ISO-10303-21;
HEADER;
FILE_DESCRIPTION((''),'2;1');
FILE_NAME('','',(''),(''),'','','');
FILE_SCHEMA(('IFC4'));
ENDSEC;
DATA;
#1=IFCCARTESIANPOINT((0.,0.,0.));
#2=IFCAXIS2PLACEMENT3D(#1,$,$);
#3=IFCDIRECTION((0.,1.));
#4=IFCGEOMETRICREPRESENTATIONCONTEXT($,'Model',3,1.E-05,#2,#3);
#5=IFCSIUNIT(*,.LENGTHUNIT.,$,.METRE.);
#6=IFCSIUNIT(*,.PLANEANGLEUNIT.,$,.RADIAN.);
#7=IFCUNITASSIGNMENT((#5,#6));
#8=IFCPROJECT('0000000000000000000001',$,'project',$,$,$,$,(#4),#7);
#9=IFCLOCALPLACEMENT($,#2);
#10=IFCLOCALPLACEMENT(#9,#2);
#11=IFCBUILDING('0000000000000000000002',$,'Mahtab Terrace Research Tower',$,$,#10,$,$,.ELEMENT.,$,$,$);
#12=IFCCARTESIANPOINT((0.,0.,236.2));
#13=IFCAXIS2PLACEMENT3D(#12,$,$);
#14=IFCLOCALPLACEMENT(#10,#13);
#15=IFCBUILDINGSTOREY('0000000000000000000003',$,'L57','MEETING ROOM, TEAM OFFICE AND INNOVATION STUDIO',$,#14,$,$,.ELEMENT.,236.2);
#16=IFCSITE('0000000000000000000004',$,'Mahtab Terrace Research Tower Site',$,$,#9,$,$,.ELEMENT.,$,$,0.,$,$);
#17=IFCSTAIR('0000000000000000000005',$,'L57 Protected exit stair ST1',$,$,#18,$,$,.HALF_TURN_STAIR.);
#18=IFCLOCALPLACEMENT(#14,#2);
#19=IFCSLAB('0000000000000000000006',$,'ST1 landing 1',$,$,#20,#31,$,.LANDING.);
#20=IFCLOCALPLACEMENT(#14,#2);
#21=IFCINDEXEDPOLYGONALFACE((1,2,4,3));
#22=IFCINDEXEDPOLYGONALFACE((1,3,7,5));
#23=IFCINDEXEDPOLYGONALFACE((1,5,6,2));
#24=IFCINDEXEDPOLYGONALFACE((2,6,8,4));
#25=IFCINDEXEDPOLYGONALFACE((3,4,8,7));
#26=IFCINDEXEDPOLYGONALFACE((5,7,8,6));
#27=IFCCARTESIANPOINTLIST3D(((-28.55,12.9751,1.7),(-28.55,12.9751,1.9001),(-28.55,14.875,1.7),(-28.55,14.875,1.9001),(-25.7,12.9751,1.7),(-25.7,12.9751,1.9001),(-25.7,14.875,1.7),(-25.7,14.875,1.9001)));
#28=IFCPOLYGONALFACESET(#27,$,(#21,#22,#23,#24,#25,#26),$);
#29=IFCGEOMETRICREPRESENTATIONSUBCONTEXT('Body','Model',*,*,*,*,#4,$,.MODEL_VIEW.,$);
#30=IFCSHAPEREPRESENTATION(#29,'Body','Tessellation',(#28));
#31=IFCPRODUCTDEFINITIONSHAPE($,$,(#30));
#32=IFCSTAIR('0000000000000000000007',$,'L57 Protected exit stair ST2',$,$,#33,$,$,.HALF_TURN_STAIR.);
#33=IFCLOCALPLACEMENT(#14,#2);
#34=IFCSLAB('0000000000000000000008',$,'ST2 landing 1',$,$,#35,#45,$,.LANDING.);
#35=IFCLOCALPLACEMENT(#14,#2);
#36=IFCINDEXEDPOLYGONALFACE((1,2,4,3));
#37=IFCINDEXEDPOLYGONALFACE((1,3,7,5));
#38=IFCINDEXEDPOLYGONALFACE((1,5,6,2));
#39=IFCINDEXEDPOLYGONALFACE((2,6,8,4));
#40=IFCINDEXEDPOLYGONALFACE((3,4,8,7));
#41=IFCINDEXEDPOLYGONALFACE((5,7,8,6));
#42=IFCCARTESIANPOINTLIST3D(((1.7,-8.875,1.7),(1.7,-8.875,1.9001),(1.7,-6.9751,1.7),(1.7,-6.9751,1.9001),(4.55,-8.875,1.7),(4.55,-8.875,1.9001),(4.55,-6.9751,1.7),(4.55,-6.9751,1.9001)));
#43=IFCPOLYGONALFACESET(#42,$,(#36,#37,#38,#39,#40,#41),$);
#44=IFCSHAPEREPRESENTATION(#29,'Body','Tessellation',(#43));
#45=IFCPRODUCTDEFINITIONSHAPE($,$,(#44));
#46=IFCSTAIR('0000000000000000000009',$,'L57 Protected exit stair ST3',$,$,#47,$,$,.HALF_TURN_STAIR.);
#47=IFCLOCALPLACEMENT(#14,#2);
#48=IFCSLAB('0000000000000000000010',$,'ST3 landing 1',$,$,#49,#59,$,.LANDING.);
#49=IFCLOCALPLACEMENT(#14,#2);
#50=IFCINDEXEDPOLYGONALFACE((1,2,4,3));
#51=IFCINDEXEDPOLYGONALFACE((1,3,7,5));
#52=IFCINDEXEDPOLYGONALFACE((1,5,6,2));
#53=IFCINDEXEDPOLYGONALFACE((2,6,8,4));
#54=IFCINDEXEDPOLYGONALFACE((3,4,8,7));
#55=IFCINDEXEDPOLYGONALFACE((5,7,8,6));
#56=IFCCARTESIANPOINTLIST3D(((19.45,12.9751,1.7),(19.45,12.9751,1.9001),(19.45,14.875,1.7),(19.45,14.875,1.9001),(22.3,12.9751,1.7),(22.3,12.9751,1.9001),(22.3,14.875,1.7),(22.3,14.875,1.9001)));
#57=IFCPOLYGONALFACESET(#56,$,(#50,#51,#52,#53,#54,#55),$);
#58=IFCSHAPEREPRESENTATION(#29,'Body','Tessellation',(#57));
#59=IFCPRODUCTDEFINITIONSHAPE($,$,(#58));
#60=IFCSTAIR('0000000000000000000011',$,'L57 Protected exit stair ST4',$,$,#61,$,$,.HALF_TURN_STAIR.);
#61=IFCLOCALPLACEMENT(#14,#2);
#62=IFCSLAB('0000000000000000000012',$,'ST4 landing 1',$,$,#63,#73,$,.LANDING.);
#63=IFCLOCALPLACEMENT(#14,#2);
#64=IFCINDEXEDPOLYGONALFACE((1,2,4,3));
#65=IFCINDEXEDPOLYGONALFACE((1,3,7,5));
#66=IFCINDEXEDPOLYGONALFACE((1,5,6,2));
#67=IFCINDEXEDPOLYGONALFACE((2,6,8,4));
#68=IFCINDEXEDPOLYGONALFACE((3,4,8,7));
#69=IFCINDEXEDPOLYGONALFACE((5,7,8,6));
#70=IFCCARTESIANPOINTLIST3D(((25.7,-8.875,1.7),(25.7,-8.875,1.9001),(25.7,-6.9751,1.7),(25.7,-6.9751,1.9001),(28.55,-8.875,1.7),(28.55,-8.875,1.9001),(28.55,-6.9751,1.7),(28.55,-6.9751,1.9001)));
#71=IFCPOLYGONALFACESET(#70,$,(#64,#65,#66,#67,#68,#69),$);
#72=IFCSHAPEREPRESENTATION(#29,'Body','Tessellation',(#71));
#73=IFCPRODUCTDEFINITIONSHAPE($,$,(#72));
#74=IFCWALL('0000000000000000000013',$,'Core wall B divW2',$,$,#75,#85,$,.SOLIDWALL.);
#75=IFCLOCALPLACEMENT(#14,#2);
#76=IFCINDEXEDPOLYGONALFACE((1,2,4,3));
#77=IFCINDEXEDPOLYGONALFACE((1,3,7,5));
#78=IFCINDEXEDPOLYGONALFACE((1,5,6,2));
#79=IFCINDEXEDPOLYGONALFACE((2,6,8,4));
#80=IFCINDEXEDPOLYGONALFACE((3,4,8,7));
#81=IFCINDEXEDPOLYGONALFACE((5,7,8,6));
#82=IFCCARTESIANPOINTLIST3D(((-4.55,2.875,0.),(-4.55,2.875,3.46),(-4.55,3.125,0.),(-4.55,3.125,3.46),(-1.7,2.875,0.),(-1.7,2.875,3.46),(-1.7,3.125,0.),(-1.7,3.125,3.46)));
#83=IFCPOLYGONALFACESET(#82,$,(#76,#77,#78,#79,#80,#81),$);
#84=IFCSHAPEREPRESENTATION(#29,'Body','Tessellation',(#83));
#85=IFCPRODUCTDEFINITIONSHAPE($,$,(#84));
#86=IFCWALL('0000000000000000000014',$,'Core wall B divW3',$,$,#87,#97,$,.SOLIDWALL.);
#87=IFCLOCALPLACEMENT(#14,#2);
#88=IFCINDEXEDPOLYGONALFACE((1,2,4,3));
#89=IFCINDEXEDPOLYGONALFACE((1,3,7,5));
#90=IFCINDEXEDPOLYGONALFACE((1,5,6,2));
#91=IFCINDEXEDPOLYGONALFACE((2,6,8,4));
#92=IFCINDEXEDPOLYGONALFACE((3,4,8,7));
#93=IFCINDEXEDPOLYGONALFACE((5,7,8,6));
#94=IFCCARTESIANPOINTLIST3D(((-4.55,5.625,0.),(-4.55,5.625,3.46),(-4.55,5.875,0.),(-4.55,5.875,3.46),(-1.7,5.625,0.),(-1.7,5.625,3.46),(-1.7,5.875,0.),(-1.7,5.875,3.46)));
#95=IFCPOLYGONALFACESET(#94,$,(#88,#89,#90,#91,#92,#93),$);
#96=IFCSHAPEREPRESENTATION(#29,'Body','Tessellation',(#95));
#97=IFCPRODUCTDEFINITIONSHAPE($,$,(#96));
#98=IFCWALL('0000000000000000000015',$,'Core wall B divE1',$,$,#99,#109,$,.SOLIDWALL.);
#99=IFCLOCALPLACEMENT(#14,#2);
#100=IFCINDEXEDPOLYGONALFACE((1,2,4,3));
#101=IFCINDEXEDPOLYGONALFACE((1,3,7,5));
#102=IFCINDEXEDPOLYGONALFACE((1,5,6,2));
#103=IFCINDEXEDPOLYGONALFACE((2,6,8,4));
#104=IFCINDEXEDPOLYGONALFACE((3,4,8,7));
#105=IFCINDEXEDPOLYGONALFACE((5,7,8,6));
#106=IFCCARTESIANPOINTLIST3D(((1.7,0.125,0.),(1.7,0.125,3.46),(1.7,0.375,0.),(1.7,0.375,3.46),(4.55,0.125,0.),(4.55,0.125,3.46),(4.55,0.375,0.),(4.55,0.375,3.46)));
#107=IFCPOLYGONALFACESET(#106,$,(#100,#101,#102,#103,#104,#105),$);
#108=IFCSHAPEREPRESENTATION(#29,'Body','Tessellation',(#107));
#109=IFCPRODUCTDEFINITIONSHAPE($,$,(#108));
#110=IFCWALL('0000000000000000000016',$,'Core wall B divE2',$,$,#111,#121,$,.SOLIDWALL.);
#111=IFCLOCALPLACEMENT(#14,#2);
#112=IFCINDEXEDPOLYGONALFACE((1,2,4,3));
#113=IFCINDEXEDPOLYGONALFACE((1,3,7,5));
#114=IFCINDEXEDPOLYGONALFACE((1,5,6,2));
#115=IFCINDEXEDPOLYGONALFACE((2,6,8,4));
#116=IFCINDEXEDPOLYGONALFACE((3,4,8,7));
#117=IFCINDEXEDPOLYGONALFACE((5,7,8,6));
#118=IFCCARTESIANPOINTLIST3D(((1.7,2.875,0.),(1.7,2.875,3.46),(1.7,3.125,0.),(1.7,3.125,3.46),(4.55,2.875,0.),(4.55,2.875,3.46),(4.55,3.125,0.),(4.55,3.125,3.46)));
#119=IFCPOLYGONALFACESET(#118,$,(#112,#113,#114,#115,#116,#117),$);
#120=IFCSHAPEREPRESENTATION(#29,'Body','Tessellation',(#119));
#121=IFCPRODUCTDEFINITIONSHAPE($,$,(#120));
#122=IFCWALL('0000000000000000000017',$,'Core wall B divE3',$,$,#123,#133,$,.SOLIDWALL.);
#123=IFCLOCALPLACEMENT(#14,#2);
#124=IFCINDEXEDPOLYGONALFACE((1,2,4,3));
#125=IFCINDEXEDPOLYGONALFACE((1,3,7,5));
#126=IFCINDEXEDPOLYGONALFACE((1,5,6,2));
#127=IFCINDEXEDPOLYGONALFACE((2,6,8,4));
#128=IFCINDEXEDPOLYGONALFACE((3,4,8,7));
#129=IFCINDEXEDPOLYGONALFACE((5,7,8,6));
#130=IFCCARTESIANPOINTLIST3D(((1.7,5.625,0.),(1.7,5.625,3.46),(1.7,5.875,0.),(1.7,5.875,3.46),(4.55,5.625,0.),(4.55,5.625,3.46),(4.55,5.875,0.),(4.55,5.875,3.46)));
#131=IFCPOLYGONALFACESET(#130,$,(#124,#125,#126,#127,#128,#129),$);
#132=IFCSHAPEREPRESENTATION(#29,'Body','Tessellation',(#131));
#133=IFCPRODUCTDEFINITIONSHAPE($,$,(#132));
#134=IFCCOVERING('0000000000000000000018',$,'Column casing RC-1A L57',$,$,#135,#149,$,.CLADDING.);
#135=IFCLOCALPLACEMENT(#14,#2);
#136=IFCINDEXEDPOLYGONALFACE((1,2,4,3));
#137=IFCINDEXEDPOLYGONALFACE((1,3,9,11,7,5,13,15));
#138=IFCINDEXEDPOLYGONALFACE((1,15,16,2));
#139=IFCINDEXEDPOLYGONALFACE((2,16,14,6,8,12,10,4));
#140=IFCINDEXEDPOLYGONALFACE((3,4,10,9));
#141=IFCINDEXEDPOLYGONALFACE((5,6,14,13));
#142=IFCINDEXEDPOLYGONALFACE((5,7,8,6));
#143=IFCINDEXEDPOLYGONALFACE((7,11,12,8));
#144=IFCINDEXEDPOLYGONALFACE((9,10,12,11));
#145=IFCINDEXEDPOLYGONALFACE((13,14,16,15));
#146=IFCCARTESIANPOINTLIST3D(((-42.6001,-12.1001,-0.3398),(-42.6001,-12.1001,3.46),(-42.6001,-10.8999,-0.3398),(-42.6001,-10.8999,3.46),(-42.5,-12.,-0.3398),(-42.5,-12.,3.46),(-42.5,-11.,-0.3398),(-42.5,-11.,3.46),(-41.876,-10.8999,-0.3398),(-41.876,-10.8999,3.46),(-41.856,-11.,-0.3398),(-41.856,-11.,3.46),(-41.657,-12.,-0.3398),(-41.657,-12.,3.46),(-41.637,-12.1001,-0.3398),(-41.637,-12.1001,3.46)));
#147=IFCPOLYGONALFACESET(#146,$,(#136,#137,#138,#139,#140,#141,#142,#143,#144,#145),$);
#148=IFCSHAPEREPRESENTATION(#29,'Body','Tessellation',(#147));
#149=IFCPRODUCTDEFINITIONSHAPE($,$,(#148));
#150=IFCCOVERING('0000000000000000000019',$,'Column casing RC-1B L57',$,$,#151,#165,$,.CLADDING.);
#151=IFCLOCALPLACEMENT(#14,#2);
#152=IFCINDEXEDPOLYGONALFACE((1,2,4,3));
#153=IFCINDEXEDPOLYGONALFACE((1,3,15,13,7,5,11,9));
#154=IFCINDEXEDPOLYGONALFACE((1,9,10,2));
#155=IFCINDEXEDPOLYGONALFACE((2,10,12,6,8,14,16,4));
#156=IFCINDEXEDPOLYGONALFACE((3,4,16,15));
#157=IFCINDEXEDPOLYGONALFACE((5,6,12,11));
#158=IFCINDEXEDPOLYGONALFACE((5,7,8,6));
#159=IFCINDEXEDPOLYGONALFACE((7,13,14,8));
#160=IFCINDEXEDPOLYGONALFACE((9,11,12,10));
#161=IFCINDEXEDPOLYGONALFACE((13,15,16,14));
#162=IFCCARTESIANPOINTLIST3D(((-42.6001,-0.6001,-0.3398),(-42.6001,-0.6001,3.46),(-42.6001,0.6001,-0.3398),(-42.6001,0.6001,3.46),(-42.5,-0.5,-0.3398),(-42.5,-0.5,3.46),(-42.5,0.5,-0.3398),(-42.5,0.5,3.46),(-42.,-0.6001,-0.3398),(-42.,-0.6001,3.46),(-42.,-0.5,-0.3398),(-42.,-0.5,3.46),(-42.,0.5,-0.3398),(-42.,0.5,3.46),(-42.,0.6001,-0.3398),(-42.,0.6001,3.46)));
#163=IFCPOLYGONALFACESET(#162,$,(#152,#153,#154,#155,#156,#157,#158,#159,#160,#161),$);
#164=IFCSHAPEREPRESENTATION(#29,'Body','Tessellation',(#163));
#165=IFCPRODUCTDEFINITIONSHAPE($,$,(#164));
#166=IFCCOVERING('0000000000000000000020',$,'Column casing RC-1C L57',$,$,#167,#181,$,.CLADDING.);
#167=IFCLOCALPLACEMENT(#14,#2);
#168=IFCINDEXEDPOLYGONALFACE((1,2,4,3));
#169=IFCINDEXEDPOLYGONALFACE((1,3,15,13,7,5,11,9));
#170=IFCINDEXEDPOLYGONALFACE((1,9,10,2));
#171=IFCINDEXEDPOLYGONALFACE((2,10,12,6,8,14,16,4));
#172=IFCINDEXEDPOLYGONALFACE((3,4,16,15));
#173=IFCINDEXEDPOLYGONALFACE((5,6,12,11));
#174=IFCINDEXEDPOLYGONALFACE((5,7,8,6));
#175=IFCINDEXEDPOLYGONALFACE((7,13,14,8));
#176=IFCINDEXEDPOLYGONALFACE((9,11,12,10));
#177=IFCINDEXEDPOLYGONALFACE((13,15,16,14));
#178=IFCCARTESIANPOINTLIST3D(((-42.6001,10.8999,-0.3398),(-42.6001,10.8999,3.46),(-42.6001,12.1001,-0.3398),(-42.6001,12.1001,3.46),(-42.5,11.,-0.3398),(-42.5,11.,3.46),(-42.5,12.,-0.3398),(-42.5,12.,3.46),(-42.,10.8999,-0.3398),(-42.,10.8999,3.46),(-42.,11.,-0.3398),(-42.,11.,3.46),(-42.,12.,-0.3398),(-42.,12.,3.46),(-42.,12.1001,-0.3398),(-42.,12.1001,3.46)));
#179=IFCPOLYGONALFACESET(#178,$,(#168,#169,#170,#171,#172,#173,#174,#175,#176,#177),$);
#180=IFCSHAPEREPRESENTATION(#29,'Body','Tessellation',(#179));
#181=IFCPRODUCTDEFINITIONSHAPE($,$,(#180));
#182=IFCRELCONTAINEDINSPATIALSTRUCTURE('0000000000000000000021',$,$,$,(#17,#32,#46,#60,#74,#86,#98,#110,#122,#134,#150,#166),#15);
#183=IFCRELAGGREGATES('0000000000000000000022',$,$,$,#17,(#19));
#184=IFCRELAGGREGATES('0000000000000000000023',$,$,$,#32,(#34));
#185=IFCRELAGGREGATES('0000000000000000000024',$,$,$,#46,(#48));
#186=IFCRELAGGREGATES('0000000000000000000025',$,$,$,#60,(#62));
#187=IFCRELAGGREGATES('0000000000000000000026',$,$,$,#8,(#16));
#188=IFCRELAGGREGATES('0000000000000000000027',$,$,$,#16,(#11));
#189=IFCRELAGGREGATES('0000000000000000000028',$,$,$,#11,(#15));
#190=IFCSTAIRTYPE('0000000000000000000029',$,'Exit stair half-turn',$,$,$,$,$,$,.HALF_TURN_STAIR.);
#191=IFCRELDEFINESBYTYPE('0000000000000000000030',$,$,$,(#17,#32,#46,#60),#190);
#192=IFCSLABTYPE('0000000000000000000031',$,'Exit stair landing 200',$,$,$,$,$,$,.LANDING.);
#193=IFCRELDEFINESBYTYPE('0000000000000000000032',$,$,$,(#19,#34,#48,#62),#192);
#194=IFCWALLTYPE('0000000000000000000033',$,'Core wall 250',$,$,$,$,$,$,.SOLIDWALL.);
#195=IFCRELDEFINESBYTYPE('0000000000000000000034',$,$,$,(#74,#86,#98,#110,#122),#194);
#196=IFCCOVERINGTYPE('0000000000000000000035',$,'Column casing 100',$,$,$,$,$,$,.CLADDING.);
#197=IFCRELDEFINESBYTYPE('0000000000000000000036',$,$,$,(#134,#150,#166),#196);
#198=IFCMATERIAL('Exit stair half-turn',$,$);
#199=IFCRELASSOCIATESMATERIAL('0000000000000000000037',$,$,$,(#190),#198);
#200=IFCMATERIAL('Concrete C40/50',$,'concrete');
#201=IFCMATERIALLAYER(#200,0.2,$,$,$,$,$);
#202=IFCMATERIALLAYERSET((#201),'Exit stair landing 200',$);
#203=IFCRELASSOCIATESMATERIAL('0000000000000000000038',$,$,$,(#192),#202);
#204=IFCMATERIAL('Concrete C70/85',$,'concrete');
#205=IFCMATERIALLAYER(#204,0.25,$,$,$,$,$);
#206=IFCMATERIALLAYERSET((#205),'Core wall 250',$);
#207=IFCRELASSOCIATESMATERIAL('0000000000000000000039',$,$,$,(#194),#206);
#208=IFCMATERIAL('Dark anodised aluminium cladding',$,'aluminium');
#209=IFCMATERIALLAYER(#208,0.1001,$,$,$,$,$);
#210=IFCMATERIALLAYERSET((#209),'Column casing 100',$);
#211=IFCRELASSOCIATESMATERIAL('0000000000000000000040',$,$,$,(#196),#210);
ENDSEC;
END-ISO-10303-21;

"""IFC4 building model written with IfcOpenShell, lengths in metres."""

from ifc_helpers import new_model, si_unit, direction, frame, frame_2d, origin, place, context, subcontext, project, spatial, polyline, rectangle, outline, extrude, material, layer, layer_set, type_object, element, aggregate, save


model = new_model("IFC4")

# Units and contexts
model_context = context("Model", 3, precision=1e-05, world=origin(), true_north=direction((0.0, 1.0)))
body_context = subcontext(model_context, "Body", "Model", "MODEL_VIEW")
ifc_project = project(units=[si_unit("LENGTHUNIT", "METRE"), si_unit("PLANEANGLEUNIT", "RADIAN")], contexts=[model_context])

# Site, building, storey
site_placement = place(None, origin())
site = spatial("IfcSite", under=ifc_project, at=site_placement, Name="Mahtab Terrace Research Tower Site", CompositionType="ELEMENT", RefElevation=0.0)
building_placement = place(site_placement, origin())
building = spatial("IfcBuilding", under=site, at=building_placement, Name="Mahtab Terrace Research Tower", CompositionType="ELEMENT")
storey_placement = place(building_placement, frame((0.0, 0.0, 236.2)))
storey = spatial("IfcBuildingStorey", under=building, at=storey_placement, Name="L57", Description="MEETING ROOM, TEAM OFFICE AND INNOVATION STUDIO", CompositionType="ELEMENT", Elevation=236.2)

# Stairs, slabs
ifc_material_1 = material(Name="Exit stair half-turn")
stair_type = type_object("IfcStairType", Name="Exit stair half-turn", PredefinedType="HALF_TURN_STAIR", material=ifc_material_1)
stair_1_placement = place(storey_placement, origin())
stair_1 = element("IfcStair", 1, at=stair_1_placement, inside=storey, type_object=stair_type, Name="L57 Protected exit stair ST1", PredefinedType="HALF_TURN_STAIR")
ifc_material_2 = material(Name="Concrete C40/50", Category="concrete")
ifc_layer_1 = layer(ifc_material_2, 0.2)
ifc_layer_set_1 = layer_set([ifc_layer_1], Name="Exit stair landing 200")
slab_type = type_object("IfcSlabType", Name="Exit stair landing 200", PredefinedType="LANDING", material=ifc_layer_set_1)
slab_1_placement = place(storey_placement, frame((0.0, 0.0, 1.7)))
slab_1 = element("IfcSlab", 2, at=slab_1_placement, type_object=slab_type, Name="ST1 landing 1", PredefinedType="LANDING", context=body_context, shape_type="SweptSolid", body=[
    extrude(outline(polyline([(-25.7, 12.9751), (-25.7, 14.875), (-28.55, 14.875), (-28.55, 12.9751), (-25.7, 12.9751)])), origin(), (0.0, 0.0, 1.0), 0.2002),
])
aggregate(stair_1, [slab_1])
stair_2_placement = place(storey_placement, origin())
stair_2 = element("IfcStair", 3, at=stair_2_placement, inside=storey, type_object=stair_type, Name="L57 Protected exit stair ST2", PredefinedType="HALF_TURN_STAIR")
slab_2_placement = place(storey_placement, frame((0.0, 0.0, 1.7)))
slab_2 = element("IfcSlab", 4, at=slab_2_placement, type_object=slab_type, Name="ST2 landing 1", PredefinedType="LANDING", context=body_context, shape_type="SweptSolid", body=[
    extrude(outline(polyline([(1.7, -6.9751), (1.7, -8.875), (4.55, -8.875), (4.55, -6.9751), (1.7, -6.9751)])), origin(), (0.0, 0.0, 1.0), 0.2002),
])
aggregate(stair_2, [slab_2])
stair_3_placement = place(storey_placement, origin())
stair_3 = element("IfcStair", 5, at=stair_3_placement, inside=storey, type_object=stair_type, Name="L57 Protected exit stair ST3", PredefinedType="HALF_TURN_STAIR")
slab_3_placement = place(storey_placement, frame((0.0, 0.0, 1.7)))
slab_3 = element("IfcSlab", 6, at=slab_3_placement, type_object=slab_type, Name="ST3 landing 1", PredefinedType="LANDING", context=body_context, shape_type="SweptSolid", body=[
    extrude(outline(polyline([(22.3, 12.9751), (22.3, 14.875), (19.45, 14.875), (19.45, 12.9751), (22.3, 12.9751)])), origin(), (0.0, 0.0, 1.0), 0.2002),
])
aggregate(stair_3, [slab_3])
stair_4_placement = place(storey_placement, origin())
stair_4 = element("IfcStair", 7, at=stair_4_placement, inside=storey, type_object=stair_type, Name="L57 Protected exit stair ST4", PredefinedType="HALF_TURN_STAIR")
slab_4_placement = place(storey_placement, frame((0.0, 0.0, 1.7)))
slab_4 = element("IfcSlab", 8, at=slab_4_placement, type_object=slab_type, Name="ST4 landing 1", PredefinedType="LANDING", context=body_context, shape_type="SweptSolid", body=[
    extrude(outline(polyline([(25.7, -6.9751), (25.7, -8.875), (28.55, -8.875), (28.55, -6.9751), (25.7, -6.9751)])), origin(), (0.0, 0.0, 1.0), 0.2002),
])
aggregate(stair_4, [slab_4])

# Walls
ifc_material_3 = material(Name="Concrete C70/85", Category="concrete")
ifc_layer_2 = layer(ifc_material_3, 0.25)
ifc_layer_set_2 = layer_set([ifc_layer_2], Name="Core wall 250")
wall_type = type_object("IfcWallType", Name="Core wall 250", PredefinedType="SOLIDWALL", material=ifc_layer_set_2)
for number, where, z_axis, x_axis, name in (
    (9, (-4.55, 3.0, 0.0), (0.0, 0.0, 1.0), (1.0, 0.0, 0.0), "Core wall B divW2"),
    (10, (-4.55, 5.75, 0.0), (0.0, 0.0, 1.0), (1.0, 0.0, 0.0), "Core wall B divW3"),
    (11, (1.7, 0.25, 0.0), (0.0, 0.0, 1.0), (1.0, 0.0, 0.0), "Core wall B divE1"),
    (12, (1.7, 3.0, 0.0), (0.0, 0.0, 1.0), (1.0, 0.0, 0.0), "Core wall B divE2"),
    (13, (1.7, 5.75, 0.0), (0.0, 0.0, 1.0), (1.0, 0.0, 0.0), "Core wall B divE3"),
):
    element("IfcWall", number, at=place(storey_placement, frame(where, z_axis=z_axis, x_axis=x_axis)), inside=storey, type_object=wall_type, Name=name, PredefinedType="SOLIDWALL", context=body_context, shape_type="SweptSolid", body=[
        extrude(rectangle(XDim=2.8501, YDim=0.25, at=frame_2d((1.425, 0.0))), origin(), (0.0, 0.0, 1.0), 3.46),
    ])

# Coverings
ifc_material_4 = material(Name="Dark anodised aluminium cladding", Category="aluminium")
ifc_layer_3 = layer(ifc_material_4, 0.1001)
ifc_layer_set_3 = layer_set([ifc_layer_3], Name="Column casing 100")
covering_type_1 = type_object("IfcCoveringType", Name="Column casing 100", PredefinedType="CLADDING", material=ifc_layer_set_3)
covering_1_placement = place(storey_placement, frame((0.0, 0.0, -0.3398)))
element("IfcCovering", 14, at=covering_1_placement, inside=storey, type_object=covering_type_1, Name="Column casing RC-1A L57", PredefinedType="CLADDING", context=body_context, shape_type="SweptSolid", body=[
    extrude(outline(polyline([(-42.6001, -10.8999), (-41.876, -10.8999), (-41.856, -11.0), (-42.5, -11.0), (-42.5, -12.0), (-41.657, -12.0), (-41.637, -12.1001), (-42.6001, -12.1001), (-42.6001, -10.8999)])), origin(), (0.0, 0.0, 1.0), 3.7998),
])
covering_2_placement = place(storey_placement, frame((0.0, 0.0, -0.3398)))
element("IfcCovering", 15, at=covering_2_placement, inside=storey, type_object=covering_type_1, Name="Column casing RC-1B L57", PredefinedType="CLADDING", context=body_context, shape_type="SweptSolid", body=[
    extrude(outline(polyline([(-42.6001, 0.6001), (-42.0, 0.6001), (-42.0, 0.5), (-42.5, 0.5), (-42.5, -0.5), (-42.0, -0.5), (-42.0, -0.6001), (-42.6001, -0.6001), (-42.6001, 0.6001)])), origin(), (0.0, 0.0, 1.0), 3.7998),
])
covering_3_placement = place(storey_placement, frame((0.0, 0.0, -0.3398)))
element("IfcCovering", 16, at=covering_3_placement, inside=storey, type_object=covering_type_1, Name="Column casing RC-1C L57", PredefinedType="CLADDING", context=body_context, shape_type="SweptSolid", body=[
    extrude(outline(polyline([(-42.6001, 12.1001), (-42.0, 12.1001), (-42.0, 12.0), (-42.5, 12.0), (-42.5, 11.0), (-42.0, 11.0), (-42.0, 10.8999), (-42.6001, 10.8999), (-42.6001, 12.1001)])), origin(), (0.0, 0.0, 1.0), 3.7998),
])

save(model, "model.ifc")
